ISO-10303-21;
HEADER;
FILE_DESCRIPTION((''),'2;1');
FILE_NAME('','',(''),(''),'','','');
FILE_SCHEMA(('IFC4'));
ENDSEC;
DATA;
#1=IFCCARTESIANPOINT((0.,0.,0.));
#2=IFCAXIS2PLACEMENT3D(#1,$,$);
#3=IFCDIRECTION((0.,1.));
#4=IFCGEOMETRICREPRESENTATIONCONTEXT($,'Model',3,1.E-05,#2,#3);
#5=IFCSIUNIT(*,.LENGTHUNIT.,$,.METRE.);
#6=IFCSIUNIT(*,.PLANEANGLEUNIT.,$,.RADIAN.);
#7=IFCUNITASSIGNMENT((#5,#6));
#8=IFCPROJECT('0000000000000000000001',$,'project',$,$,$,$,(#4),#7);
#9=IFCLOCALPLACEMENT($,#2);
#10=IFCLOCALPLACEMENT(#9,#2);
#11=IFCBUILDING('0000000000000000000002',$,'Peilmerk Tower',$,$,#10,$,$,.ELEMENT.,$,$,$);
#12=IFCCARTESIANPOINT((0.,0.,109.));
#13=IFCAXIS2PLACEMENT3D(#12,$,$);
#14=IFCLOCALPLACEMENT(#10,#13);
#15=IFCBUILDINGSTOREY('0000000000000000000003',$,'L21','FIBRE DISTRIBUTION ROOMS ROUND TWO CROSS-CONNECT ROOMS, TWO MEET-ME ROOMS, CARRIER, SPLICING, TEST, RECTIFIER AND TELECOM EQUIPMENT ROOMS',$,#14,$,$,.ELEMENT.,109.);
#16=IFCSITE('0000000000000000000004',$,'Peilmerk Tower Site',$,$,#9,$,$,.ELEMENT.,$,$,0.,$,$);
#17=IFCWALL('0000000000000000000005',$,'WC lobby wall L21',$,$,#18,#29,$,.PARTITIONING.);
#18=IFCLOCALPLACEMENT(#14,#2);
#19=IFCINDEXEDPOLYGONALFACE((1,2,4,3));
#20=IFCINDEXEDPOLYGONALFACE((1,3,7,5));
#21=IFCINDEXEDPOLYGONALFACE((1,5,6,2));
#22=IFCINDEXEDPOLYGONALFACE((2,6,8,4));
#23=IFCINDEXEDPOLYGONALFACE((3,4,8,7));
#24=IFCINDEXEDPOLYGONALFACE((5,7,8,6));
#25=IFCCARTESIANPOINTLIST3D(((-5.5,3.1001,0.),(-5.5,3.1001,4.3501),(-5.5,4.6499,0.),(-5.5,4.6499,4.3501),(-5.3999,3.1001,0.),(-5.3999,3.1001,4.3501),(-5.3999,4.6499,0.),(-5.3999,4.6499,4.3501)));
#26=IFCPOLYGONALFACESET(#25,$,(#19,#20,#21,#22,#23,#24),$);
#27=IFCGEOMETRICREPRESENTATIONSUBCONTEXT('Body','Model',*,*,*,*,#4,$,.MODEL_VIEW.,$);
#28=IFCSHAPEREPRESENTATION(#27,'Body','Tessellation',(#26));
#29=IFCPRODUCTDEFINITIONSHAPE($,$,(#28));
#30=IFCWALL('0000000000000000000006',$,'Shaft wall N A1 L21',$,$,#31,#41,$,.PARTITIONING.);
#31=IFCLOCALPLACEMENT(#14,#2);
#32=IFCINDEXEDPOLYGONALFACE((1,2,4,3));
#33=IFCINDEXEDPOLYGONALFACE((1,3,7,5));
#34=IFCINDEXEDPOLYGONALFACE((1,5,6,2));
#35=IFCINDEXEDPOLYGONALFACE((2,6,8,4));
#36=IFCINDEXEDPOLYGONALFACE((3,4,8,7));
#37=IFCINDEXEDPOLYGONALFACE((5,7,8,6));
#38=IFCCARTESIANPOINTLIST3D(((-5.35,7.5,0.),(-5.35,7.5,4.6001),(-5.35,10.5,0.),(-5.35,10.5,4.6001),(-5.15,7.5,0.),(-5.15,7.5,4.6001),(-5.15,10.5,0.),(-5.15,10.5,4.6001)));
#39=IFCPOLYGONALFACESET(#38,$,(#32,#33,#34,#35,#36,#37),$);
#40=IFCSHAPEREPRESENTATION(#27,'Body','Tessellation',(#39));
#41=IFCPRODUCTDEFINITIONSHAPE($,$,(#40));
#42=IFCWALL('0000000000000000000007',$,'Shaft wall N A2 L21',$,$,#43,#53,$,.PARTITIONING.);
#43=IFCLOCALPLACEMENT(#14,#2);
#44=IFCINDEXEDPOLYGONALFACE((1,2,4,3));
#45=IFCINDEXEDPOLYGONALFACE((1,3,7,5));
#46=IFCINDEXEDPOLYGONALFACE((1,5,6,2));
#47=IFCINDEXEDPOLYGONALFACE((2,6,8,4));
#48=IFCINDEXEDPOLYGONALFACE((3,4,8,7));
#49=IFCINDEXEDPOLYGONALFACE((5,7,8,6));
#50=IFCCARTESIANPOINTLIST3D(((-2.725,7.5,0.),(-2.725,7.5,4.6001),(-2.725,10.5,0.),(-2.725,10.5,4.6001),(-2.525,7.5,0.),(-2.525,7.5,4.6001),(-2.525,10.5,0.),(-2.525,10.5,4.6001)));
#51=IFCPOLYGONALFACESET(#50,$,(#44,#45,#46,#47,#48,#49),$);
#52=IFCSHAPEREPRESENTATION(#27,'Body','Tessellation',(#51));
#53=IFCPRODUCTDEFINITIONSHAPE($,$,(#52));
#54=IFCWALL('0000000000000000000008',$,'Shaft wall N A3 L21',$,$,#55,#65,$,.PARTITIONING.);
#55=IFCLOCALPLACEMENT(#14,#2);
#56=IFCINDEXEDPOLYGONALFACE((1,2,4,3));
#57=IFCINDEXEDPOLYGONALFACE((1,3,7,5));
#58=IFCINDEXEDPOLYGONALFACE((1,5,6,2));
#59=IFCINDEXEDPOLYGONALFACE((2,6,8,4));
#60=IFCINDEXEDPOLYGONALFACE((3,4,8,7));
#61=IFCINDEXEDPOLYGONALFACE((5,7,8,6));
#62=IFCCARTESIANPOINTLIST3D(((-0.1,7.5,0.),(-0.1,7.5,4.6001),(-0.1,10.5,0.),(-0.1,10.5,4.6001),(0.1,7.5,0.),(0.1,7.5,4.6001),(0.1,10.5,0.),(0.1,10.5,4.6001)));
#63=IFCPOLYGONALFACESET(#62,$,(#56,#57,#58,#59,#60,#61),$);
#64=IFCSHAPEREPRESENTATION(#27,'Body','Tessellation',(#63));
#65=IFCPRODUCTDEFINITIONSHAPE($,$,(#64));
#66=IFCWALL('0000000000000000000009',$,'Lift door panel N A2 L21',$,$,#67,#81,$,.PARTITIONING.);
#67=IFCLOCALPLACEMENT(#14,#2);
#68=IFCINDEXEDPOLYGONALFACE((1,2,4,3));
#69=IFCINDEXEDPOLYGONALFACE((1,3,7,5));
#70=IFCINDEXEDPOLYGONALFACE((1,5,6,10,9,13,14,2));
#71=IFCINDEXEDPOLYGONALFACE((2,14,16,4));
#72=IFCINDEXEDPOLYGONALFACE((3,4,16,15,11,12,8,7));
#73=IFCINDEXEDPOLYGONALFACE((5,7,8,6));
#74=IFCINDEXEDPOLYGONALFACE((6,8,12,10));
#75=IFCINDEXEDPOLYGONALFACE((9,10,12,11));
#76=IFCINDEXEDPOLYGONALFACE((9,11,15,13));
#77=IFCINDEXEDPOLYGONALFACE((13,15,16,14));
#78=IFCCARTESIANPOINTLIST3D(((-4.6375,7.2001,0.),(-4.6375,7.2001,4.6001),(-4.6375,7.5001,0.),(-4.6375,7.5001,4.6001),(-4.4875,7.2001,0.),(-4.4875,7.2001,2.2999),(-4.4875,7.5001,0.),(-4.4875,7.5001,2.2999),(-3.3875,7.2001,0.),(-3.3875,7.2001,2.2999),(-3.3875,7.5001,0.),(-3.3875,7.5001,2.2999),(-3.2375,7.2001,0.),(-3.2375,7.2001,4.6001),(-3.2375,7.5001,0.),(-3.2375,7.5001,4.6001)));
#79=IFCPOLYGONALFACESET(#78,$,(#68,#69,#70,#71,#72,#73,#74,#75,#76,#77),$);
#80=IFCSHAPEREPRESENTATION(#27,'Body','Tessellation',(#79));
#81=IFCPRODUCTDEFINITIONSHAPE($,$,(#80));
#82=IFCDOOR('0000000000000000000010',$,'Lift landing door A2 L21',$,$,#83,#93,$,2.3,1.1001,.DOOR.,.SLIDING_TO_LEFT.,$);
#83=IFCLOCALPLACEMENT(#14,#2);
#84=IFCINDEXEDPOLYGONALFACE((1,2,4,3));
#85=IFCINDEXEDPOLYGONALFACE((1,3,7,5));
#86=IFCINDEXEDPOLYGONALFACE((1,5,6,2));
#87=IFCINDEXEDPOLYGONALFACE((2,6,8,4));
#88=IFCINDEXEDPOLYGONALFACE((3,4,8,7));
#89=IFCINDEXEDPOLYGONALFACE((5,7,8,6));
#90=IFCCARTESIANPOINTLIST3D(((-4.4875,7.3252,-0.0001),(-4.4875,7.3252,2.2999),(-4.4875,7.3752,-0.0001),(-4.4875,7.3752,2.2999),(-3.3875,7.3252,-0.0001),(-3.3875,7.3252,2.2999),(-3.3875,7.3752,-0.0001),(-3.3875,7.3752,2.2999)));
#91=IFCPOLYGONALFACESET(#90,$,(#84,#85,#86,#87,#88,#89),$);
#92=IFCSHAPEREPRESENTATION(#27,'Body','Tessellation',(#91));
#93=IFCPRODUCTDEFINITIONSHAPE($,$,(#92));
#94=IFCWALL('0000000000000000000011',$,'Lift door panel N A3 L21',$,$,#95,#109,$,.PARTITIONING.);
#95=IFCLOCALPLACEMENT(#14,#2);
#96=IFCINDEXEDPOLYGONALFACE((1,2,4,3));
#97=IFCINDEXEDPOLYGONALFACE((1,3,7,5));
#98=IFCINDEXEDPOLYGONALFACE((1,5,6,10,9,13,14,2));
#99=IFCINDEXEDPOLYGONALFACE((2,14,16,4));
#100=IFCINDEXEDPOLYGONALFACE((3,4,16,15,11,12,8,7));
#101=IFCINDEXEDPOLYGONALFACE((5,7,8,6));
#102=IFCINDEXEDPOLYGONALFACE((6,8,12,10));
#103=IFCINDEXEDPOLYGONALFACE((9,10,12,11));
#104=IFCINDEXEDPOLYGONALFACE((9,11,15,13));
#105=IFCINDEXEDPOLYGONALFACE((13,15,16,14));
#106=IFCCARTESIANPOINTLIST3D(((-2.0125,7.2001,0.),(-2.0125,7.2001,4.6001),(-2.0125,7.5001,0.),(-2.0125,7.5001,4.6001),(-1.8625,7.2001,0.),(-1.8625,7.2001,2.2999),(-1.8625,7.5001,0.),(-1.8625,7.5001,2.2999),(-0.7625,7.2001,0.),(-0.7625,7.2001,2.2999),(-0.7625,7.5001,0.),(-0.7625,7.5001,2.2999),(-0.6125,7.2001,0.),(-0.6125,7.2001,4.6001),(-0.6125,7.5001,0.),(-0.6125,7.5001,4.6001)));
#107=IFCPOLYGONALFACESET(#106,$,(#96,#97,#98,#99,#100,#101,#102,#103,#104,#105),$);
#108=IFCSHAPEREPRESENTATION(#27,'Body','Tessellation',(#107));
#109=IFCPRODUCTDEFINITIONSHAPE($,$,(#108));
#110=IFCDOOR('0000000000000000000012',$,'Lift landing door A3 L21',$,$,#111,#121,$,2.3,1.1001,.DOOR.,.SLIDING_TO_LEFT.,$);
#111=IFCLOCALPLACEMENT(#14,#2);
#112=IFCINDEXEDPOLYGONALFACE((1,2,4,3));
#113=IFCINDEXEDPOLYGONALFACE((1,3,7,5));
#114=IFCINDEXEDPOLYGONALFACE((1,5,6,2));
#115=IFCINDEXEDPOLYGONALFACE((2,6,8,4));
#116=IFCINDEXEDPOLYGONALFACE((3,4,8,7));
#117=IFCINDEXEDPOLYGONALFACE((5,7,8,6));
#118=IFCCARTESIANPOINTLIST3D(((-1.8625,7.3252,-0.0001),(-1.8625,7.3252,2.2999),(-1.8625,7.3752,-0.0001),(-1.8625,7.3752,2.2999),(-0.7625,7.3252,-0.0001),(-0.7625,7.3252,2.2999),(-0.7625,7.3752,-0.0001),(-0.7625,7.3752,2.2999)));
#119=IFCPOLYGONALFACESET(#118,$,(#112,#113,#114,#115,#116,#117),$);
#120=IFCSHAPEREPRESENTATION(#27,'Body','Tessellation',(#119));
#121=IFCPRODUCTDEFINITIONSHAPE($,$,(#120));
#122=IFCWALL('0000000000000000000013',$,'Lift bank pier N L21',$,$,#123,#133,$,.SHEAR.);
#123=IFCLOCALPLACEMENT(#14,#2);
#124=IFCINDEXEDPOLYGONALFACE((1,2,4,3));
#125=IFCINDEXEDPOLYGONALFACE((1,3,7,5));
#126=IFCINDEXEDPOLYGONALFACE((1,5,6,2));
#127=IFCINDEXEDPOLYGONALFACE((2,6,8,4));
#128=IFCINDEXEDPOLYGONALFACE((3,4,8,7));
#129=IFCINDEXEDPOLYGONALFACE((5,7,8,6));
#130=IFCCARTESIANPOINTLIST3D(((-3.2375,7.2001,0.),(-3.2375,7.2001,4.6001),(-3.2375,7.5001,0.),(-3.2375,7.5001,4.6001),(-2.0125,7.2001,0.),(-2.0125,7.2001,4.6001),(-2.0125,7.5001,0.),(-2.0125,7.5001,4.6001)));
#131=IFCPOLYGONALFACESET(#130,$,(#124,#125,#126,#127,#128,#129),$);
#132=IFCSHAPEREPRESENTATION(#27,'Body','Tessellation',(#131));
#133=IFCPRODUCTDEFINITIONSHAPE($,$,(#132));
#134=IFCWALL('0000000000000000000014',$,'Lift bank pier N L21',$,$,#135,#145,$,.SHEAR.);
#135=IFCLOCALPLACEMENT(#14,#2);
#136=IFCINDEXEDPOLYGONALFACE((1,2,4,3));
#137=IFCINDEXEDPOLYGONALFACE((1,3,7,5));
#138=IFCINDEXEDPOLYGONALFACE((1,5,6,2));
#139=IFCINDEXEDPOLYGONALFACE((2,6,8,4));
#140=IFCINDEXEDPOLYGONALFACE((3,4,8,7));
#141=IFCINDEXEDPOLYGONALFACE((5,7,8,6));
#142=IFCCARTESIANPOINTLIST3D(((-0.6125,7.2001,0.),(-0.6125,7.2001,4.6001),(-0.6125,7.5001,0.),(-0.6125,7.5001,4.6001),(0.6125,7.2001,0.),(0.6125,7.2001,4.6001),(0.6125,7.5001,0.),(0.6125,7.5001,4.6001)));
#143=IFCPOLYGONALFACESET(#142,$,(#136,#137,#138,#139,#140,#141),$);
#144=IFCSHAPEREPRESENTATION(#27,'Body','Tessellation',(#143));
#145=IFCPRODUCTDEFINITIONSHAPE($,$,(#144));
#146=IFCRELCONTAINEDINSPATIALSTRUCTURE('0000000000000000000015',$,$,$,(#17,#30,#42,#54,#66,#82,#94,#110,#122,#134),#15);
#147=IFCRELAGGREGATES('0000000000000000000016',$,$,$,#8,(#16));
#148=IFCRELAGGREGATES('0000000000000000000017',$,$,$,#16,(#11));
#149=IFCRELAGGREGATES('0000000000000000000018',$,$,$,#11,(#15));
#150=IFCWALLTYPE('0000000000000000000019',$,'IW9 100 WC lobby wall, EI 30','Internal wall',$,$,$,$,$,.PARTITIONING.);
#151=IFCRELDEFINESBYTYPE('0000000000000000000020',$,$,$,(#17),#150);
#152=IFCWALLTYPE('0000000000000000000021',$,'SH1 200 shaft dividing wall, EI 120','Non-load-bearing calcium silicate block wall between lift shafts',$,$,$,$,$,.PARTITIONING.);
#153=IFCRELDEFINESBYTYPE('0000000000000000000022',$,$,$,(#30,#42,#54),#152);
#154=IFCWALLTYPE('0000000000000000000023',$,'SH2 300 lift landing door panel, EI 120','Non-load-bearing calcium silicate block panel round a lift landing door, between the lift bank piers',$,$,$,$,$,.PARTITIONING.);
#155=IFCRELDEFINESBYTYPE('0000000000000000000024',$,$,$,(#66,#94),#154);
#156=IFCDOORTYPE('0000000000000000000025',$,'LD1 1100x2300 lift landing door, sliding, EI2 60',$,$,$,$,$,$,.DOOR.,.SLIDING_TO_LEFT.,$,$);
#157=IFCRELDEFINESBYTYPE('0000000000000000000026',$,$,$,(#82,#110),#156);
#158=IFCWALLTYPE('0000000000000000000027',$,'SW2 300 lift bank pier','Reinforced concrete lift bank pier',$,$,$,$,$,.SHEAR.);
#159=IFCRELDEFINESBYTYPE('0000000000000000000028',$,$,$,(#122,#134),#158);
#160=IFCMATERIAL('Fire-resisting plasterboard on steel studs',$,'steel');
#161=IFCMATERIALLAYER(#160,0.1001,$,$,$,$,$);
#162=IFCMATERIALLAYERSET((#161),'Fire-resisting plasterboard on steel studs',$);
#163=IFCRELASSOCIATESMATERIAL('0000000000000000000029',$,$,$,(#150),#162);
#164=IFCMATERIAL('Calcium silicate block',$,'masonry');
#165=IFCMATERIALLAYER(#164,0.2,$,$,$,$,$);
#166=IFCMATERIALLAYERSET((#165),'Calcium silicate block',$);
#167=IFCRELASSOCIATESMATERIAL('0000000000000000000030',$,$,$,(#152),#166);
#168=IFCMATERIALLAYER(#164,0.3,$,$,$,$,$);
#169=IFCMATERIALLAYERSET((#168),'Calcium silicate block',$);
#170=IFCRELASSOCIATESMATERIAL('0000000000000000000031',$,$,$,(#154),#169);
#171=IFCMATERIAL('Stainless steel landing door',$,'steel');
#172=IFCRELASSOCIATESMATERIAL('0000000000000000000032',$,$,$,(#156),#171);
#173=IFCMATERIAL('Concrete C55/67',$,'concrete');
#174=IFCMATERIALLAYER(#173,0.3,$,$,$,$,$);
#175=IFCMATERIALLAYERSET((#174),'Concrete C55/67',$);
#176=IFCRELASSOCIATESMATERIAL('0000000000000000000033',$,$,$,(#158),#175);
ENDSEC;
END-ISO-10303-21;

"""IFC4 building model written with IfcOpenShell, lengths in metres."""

from ifc_helpers import new_model, si_unit, direction, frame, frame_2d, origin, place, context, subcontext, project, spatial, rectangle, extrude, material, layer, layer_set, type_object, element, fill, save


model = new_model("IFC4")

# Units and contexts
model_context = context("Model", 3, precision=1e-05, world=origin(), true_north=direction((0.0, 1.0)))
body_context = subcontext(model_context, "Body", "Model", "MODEL_VIEW")
ifc_project = project(units=[si_unit("LENGTHUNIT", "METRE"), si_unit("PLANEANGLEUNIT", "RADIAN")], contexts=[model_context])

# Site, building, storey
site_placement = place(None, origin())
site = spatial("IfcSite", under=ifc_project, at=site_placement, Name="Peilmerk Tower Site", CompositionType="ELEMENT", RefElevation=0.0)
building_placement = place(site_placement, origin())
building = spatial("IfcBuilding", under=site, at=building_placement, Name="Peilmerk Tower", CompositionType="ELEMENT")
storey_placement = place(building_placement, frame((0.0, 0.0, 109.0)))
storey = spatial("IfcBuildingStorey", under=building, at=storey_placement, Name="L21", Description="FIBRE DISTRIBUTION ROOMS ROUND TWO CROSS-CONNECT ROOMS, TWO MEET-ME ROOMS, CARRIER, SPLICING, TEST, RECTIFIER AND TELECOM EQUIPMENT ROOMS", CompositionType="ELEMENT", Elevation=109.0)

# Shared definitions
ifc_material_1 = material(Name="Concrete C55/67", Category="concrete")

# Shared definitions
ifc_material_2 = material(Name="Fire-resisting plasterboard on steel studs", Category="steel")
ifc_layer_1 = layer(ifc_material_2, 0.1001)
ifc_layer_set_1 = layer_set([ifc_layer_1], Name="Fire-resisting plasterboard on steel studs")
wall_type_1 = type_object("IfcWallType", Name="IW9 100 WC lobby wall, EI 30", Description="Internal wall", PredefinedType="PARTITIONING", material=ifc_layer_set_1)

# Walls
wall_1_placement = place(storey_placement, frame((-5.45, 3.1001, 0.0), z_axis=(0.0, 0.0, 1.0), x_axis=(0.0, 1.0, 0.0)))
element("IfcWall", 1, at=wall_1_placement, inside=storey, type_object=wall_type_1, Name="WC lobby wall L21", PredefinedType="PARTITIONING", context=body_context, shape_type="SweptSolid", body=[
    extrude(rectangle(XDim=1.5498, YDim=0.1001, at=frame_2d((0.7749, 0.0))), origin(), (0.0, 0.0, 1.0), 4.3501),
])
ifc_material_3 = material(Name="Calcium silicate block", Category="masonry")
ifc_layer_2 = layer(ifc_material_3, 0.2)
ifc_layer_set_2 = layer_set([ifc_layer_2], Name="Calcium silicate block")
wall_type_2 = type_object("IfcWallType", Name="SH1 200 shaft dividing wall, EI 120", Description="Non-load-bearing calcium silicate block wall between lift shafts", PredefinedType="PARTITIONING", material=ifc_layer_set_2)
for number, where, z_axis, x_axis, name in (
    (2, (-5.25, 7.5, 0.0), (0.0, 0.0, 1.0), (0.0, 1.0, 0.0), "Shaft wall N A1 L21"),
    (3, (-2.625, 7.5, 0.0), (0.0, 0.0, 1.0), (0.0, 1.0, 0.0), "Shaft wall N A2 L21"),
    (4, (0.0, 7.5, 0.0), (0.0, 0.0, 1.0), (0.0, 1.0, 0.0), "Shaft wall N A3 L21"),
):
    element("IfcWall", number, at=place(storey_placement, frame(where, z_axis=z_axis, x_axis=x_axis)), inside=storey, type_object=wall_type_2, Name=name, PredefinedType="PARTITIONING", context=body_context, shape_type="SweptSolid", body=[
        extrude(rectangle(XDim=3.0, YDim=0.2, at=frame_2d((1.5, 0.0))), origin(), (0.0, 0.0, 1.0), 4.6001),
    ])

# Walls, openings, doors
ifc_layer_3 = layer(ifc_material_3, 0.3)
ifc_layer_set_3 = layer_set([ifc_layer_3], Name="Calcium silicate block")
wall_type_3 = type_object("IfcWallType", Name="SH2 300 lift landing door panel, EI 120", Description="Non-load-bearing calcium silicate block panel round a lift landing door, between the lift bank piers", PredefinedType="PARTITIONING", material=ifc_layer_set_3)
wall_2_placement = place(storey_placement, frame((-4.6375, 7.3501, 0.0), z_axis=(0.0, 0.0, 1.0), x_axis=(1.0, 0.0, 0.0)))
wall_2 = element("IfcWall", 5, at=wall_2_placement, inside=storey, type_object=wall_type_3, Name="Lift door panel N A2 L21", PredefinedType="PARTITIONING", context=body_context, shape_type="SweptSolid", body=[
    extrude(rectangle(XDim=1.3999, YDim=0.3, at=frame_2d((0.7, 0.0))), origin(), (0.0, 0.0, 1.0), 4.6001),
])
opening_1_placement = place(wall_2_placement, frame((0.1499, 0.0, 0.0)))
opening_1 = element("IfcOpeningElement", 6, at=opening_1_placement, cuts=wall_2, PredefinedType="OPENING", context=body_context, shape_type="SweptSolid", body=[
    extrude(rectangle(XDim=1.1001, YDim=2.3, at=frame_2d((0.55, 1.1499))), frame((0.0, 0.1599, 0.0), z_axis=(0.0, -1.0, 0.0), x_axis=(1.0, 0.0, 0.0)), (0.0, 0.0, 1.0), 0.3201),
])
ifc_material_4 = material(Name="Stainless steel landing door", Category="steel")
door_type_1 = type_object("IfcDoorType", Name="LD1 1100x2300 lift landing door, sliding, EI2 60", OperationType="SLIDING_TO_LEFT", PredefinedType="DOOR", material=ifc_material_4)
door_1_placement = place(opening_1_placement, frame((1.1001, 0.0, 0.0), z_axis=(0.0, 0.0, 1.0), x_axis=(-1.0, 0.0, 0.0)))
door_1 = element("IfcDoor", 7, at=door_1_placement, inside=storey, type_object=door_type_1, Name="Lift landing door A2 L21", OperationType="SLIDING_TO_LEFT", OverallHeight=2.3, OverallWidth=1.1001, PredefinedType="DOOR", context=body_context, shape_type="SweptSolid", body=[
    extrude(rectangle(XDim=1.1001, YDim=2.3, at=frame_2d((0.55, 1.1499))), frame((0.0, 0.0249, 0.0), z_axis=(0.0, -1.0, 0.0), x_axis=(1.0, 0.0, 0.0)), (0.0, 0.0, 1.0), 0.05),
])
fill(opening_1, door_1)
wall_3_placement = place(storey_placement, frame((-2.0125, 7.3501, 0.0), z_axis=(0.0, 0.0, 1.0), x_axis=(1.0, 0.0, 0.0)))
wall_3 = element("IfcWall", 8, at=wall_3_placement, inside=storey, type_object=wall_type_3, Name="Lift door panel N A3 L21", PredefinedType="PARTITIONING", context=body_context, shape_type="SweptSolid", body=[
    extrude(rectangle(XDim=1.3999, YDim=0.3, at=frame_2d((0.7, 0.0))), origin(), (0.0, 0.0, 1.0), 4.6001),
])
opening_2_placement = place(wall_3_placement, frame((0.1499, 0.0, 0.0)))
opening_2 = element("IfcOpeningElement", 9, at=opening_2_placement, cuts=wall_3, PredefinedType="OPENING", context=body_context, shape_type="SweptSolid", body=[
    extrude(rectangle(XDim=1.1001, YDim=2.3, at=frame_2d((0.55, 1.1499))), frame((0.0, 0.1599, 0.0), z_axis=(0.0, -1.0, 0.0), x_axis=(1.0, 0.0, 0.0)), (0.0, 0.0, 1.0), 0.3201),
])
door_2_placement = place(opening_2_placement, frame((1.1001, 0.0, 0.0), z_axis=(0.0, 0.0, 1.0), x_axis=(-1.0, 0.0, 0.0)))
door_2 = element("IfcDoor", 10, at=door_2_placement, inside=storey, type_object=door_type_1, Name="Lift landing door A3 L21", OperationType="SLIDING_TO_LEFT", OverallHeight=2.3, OverallWidth=1.1001, PredefinedType="DOOR", context=body_context, shape_type="SweptSolid", body=[
    extrude(rectangle(XDim=1.1001, YDim=2.3, at=frame_2d((0.55, 1.1499))), frame((0.0, 0.0249, 0.0), z_axis=(0.0, -1.0, 0.0), x_axis=(1.0, 0.0, 0.0)), (0.0, 0.0, 1.0), 0.05),
])
fill(opening_2, door_2)

# Walls
ifc_layer_4 = layer(ifc_material_1, 0.3)
ifc_layer_set_4 = layer_set([ifc_layer_4], Name="Concrete C55/67")
wall_type_4 = type_object("IfcWallType", Name="SW2 300 lift bank pier", Description="Reinforced concrete lift bank pier", PredefinedType="SHEAR", material=ifc_layer_set_4)
for number, where, z_axis, x_axis, name in (
    (11, (-3.2375, 7.3501, 0.0), (0.0, 0.0, 1.0), (1.0, 0.0, 0.0), "Lift bank pier N L21"),
    (12, (-0.6125, 7.3501, 0.0), (0.0, 0.0, 1.0), (1.0, 0.0, 0.0), "Lift bank pier N L21"),
):
    element("IfcWall", number, at=place(storey_placement, frame(where, z_axis=z_axis, x_axis=x_axis)), inside=storey, type_object=wall_type_4, Name=name, PredefinedType="SHEAR", context=body_context, shape_type="SweptSolid", body=[
        extrude(rectangle(XDim=1.2251, YDim=0.3, at=frame_2d((0.6125, 0.0))), origin(), (0.0, 0.0, 1.0), 4.6001),
    ])

save(model, "model.ifc")
